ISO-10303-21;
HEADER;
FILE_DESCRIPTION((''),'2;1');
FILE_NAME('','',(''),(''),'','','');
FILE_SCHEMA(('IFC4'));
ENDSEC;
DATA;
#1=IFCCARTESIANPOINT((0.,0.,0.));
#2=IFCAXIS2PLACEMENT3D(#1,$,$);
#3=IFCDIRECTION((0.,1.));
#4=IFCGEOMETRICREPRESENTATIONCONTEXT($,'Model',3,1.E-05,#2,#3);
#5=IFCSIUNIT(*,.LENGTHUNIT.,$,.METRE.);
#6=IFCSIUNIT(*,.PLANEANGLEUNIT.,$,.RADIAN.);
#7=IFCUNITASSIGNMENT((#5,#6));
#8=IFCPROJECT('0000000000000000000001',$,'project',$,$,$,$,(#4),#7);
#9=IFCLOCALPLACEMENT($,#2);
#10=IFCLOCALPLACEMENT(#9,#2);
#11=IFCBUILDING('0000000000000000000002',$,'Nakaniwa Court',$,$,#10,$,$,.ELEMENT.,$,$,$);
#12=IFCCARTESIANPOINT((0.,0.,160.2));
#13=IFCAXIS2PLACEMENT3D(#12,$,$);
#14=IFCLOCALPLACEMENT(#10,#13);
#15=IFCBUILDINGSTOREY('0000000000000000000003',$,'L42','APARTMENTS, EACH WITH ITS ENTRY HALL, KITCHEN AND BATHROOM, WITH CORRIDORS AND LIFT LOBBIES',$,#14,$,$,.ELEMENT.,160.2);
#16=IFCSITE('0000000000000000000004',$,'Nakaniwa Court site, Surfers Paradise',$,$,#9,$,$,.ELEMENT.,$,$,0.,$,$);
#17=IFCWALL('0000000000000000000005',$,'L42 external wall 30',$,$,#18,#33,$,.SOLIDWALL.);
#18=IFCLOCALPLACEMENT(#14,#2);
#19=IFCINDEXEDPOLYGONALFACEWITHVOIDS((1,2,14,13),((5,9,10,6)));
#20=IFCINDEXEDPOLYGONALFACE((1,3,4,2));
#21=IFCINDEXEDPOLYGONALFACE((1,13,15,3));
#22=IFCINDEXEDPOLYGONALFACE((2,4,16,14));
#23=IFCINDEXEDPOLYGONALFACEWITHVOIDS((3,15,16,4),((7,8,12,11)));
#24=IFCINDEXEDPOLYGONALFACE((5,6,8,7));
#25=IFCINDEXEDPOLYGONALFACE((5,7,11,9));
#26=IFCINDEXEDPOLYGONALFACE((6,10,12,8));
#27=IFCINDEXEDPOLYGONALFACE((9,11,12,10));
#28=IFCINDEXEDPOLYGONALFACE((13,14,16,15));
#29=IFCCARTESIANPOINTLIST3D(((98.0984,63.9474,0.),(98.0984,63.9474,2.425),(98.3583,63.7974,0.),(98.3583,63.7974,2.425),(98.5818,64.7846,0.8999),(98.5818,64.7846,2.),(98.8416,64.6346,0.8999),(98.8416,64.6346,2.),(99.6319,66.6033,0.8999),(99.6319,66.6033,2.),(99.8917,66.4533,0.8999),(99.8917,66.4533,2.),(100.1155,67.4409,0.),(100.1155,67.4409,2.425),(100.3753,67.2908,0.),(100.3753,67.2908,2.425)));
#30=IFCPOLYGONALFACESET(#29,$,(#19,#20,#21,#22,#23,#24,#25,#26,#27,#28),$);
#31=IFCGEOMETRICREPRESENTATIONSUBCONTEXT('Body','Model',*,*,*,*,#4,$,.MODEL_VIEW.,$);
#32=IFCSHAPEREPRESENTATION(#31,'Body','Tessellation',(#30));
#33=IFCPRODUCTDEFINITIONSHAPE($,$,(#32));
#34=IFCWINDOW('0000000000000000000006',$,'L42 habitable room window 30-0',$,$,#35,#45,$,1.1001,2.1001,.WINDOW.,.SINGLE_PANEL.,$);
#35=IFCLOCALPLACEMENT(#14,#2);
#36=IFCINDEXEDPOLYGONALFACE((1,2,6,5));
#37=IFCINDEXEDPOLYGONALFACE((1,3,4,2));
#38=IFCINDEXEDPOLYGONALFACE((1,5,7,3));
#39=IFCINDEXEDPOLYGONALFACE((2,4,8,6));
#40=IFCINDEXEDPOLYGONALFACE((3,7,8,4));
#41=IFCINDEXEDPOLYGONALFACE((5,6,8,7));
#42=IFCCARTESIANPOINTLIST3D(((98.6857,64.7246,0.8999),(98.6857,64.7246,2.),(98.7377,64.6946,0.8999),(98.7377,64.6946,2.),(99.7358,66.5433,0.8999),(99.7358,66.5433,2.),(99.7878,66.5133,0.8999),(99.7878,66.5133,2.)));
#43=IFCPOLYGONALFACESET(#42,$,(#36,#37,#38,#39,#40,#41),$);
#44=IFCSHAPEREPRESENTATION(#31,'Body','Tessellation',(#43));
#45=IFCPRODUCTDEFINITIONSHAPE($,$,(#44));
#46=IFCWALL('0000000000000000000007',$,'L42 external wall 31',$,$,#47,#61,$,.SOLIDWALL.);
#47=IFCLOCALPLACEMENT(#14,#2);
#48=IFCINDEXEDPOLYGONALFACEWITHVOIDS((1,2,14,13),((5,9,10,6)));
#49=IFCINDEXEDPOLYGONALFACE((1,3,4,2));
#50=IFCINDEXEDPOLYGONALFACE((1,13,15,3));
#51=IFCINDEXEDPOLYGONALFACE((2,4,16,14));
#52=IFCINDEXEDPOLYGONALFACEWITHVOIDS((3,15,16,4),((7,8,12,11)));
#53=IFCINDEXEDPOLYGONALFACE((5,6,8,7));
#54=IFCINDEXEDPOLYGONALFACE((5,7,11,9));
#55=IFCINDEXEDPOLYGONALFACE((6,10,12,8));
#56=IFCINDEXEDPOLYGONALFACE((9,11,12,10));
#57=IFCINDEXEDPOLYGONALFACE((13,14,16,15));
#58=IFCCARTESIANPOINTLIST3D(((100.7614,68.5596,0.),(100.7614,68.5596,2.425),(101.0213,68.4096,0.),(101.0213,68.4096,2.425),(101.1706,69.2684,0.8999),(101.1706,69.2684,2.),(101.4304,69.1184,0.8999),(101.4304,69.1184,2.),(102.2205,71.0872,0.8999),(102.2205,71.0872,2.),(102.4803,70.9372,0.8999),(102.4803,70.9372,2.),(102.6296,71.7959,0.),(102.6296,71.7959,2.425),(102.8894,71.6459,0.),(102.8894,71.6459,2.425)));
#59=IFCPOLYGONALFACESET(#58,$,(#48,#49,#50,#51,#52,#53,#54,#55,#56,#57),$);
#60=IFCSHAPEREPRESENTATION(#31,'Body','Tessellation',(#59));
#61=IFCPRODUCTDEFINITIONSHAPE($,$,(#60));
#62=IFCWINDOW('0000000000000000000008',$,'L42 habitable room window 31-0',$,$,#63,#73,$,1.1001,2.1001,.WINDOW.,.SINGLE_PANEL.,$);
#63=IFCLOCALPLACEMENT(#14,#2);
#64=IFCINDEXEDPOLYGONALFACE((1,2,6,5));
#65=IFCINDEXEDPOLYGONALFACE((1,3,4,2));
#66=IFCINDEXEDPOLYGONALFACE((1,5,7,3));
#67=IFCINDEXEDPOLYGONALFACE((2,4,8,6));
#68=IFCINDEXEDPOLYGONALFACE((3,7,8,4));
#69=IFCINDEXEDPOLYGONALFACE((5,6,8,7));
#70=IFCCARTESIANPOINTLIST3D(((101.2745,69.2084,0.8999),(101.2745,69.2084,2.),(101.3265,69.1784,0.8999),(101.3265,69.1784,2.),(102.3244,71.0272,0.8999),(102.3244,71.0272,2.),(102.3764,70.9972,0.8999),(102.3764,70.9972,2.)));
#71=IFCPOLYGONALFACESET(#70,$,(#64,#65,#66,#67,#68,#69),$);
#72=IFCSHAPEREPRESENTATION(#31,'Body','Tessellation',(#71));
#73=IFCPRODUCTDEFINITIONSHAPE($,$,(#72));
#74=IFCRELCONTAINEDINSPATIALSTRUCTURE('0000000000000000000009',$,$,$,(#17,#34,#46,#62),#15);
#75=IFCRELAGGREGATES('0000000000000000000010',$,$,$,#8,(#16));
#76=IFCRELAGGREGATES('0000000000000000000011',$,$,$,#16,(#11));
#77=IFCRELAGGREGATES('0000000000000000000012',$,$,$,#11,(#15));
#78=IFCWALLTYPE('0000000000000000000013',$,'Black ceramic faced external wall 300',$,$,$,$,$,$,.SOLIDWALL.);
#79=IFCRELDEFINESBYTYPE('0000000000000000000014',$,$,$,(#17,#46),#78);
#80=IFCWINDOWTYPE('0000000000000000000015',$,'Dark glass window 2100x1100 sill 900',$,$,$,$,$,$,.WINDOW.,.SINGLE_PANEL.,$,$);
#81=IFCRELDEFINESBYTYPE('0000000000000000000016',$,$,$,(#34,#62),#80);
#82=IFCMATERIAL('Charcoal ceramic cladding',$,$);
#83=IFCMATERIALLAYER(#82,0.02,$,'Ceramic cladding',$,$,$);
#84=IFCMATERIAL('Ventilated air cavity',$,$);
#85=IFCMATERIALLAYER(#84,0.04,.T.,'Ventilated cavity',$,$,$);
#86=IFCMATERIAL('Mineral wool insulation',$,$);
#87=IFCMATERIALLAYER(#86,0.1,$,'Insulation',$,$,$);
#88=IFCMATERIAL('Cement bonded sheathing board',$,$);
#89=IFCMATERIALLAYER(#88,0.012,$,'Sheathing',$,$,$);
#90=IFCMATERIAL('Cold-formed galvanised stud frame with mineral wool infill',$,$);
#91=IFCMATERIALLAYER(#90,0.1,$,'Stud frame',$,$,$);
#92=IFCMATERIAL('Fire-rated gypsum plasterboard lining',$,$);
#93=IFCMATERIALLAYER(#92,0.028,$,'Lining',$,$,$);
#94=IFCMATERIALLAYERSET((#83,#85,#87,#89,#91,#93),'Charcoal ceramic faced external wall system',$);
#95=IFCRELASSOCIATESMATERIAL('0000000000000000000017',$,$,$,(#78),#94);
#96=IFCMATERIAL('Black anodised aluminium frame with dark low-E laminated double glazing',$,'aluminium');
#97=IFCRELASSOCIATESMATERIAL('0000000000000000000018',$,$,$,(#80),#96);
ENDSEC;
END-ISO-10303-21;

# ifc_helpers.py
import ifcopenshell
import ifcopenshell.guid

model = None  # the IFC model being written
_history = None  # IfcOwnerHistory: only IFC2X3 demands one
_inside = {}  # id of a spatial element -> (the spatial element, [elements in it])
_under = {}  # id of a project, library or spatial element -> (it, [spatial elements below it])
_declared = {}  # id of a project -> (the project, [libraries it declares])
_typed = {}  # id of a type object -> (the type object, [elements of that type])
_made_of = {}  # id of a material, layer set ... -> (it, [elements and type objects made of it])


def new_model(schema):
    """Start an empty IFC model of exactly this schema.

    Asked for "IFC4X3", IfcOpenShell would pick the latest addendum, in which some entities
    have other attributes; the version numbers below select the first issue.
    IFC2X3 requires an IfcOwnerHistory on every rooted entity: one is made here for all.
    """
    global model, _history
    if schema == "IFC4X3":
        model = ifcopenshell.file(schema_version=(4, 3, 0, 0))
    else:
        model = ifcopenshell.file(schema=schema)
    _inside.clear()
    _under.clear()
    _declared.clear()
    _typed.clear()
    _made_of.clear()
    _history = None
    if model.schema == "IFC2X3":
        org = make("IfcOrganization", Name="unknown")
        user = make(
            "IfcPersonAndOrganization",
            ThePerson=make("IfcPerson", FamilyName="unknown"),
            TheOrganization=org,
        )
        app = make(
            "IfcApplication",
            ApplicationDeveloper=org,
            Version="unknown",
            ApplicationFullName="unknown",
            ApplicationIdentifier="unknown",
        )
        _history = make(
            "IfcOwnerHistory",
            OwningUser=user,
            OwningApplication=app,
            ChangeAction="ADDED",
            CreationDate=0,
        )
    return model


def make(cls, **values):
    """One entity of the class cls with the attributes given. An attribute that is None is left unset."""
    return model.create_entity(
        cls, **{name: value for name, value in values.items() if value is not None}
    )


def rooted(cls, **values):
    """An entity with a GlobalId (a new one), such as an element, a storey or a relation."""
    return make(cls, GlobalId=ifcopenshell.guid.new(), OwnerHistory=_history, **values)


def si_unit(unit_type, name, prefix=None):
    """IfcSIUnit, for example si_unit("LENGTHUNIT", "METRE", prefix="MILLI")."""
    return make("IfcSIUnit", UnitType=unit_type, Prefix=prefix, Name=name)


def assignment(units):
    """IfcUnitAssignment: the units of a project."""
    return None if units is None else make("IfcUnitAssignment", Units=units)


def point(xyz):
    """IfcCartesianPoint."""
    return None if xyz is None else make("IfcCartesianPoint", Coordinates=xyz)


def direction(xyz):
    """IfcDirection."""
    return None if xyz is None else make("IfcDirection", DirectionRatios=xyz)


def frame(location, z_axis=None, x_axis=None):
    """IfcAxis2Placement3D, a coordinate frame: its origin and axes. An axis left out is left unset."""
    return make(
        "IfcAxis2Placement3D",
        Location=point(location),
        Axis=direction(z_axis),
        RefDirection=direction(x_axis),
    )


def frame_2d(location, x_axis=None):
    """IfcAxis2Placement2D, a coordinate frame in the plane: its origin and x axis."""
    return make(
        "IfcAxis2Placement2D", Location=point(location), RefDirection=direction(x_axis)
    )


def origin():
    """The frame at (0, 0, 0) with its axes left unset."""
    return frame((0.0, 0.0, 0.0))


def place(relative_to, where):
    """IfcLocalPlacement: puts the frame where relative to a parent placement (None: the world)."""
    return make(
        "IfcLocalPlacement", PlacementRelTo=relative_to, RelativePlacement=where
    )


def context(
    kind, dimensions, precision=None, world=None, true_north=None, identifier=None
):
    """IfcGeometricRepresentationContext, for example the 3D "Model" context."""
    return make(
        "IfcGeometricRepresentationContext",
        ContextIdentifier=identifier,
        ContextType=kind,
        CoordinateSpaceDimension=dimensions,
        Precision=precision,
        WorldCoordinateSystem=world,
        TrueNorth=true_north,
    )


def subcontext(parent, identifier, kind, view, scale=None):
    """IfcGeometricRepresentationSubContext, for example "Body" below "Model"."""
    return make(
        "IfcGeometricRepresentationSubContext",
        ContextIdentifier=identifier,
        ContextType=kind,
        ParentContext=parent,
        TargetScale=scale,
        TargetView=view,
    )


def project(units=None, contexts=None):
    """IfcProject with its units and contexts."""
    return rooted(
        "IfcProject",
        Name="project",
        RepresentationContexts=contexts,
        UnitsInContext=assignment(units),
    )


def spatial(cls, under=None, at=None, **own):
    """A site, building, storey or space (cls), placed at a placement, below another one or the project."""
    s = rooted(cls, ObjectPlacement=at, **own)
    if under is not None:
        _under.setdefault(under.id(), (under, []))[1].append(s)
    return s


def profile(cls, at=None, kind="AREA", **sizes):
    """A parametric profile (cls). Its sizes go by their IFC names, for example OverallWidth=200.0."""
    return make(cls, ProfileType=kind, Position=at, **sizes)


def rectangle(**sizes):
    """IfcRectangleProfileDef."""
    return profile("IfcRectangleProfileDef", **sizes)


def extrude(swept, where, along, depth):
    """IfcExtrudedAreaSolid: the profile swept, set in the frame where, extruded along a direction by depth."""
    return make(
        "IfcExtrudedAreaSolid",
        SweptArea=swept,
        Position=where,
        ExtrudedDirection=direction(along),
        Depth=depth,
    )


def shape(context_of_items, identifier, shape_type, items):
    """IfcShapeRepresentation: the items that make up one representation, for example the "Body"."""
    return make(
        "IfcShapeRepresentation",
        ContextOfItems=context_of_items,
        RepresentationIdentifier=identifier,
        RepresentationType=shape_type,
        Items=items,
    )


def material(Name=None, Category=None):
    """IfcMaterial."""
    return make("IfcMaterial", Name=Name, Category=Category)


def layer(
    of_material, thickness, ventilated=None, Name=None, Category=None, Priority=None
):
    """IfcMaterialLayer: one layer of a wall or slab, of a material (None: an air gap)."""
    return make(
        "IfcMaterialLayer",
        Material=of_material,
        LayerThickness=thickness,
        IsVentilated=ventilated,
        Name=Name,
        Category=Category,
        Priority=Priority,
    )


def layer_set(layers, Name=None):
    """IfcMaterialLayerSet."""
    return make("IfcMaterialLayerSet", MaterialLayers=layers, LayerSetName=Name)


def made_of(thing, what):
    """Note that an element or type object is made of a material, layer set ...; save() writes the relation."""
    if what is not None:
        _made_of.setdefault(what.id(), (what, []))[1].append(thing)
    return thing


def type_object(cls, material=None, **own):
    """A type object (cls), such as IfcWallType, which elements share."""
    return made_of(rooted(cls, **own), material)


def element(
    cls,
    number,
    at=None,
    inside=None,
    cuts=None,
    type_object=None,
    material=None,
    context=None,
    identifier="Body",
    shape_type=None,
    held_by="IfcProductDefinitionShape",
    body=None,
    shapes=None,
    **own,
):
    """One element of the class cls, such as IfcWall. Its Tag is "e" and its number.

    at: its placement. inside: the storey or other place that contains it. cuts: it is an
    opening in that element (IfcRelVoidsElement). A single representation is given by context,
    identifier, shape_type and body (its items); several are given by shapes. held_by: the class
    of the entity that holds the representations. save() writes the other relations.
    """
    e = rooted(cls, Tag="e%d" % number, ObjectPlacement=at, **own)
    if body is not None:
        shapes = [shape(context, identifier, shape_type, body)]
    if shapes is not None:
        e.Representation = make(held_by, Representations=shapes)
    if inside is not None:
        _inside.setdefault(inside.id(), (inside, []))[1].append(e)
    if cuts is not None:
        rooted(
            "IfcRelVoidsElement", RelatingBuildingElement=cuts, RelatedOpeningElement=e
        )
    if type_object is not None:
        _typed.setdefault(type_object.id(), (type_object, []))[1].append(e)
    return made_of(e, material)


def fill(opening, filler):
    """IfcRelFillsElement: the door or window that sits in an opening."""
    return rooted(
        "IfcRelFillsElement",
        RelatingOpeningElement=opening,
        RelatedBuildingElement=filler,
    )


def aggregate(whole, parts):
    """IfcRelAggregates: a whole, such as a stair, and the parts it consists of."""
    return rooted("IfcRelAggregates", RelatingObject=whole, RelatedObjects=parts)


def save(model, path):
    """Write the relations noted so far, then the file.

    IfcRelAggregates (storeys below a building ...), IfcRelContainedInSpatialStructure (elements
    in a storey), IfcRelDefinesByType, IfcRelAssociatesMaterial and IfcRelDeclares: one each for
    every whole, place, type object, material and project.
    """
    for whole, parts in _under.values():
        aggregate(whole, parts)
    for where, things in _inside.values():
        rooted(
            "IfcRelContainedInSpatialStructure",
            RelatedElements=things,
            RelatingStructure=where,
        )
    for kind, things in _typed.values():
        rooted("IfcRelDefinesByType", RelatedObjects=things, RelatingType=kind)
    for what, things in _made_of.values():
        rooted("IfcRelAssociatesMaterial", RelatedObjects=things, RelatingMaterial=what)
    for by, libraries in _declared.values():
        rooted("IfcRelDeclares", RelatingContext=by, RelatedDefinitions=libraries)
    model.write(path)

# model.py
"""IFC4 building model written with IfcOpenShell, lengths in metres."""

from ifc_helpers import new_model, si_unit, direction, frame, frame_2d, origin, place, context, subcontext, project, spatial, rectangle, extrude, material, layer, layer_set, type_object, element, fill, save


model = new_model("IFC4")

# Units and contexts
model_context = context("Model", 3, precision=1e-05, world=origin(), true_north=direction((0.0, 1.0)))
body_context = subcontext(model_context, "Body", "Model", "MODEL_VIEW")
ifc_project = project(units=[si_unit("LENGTHUNIT", "METRE"), si_unit("PLANEANGLEUNIT", "RADIAN")], contexts=[model_context])

# Site, building, storey
site_placement = place(None, origin())
site = spatial("IfcSite", under=ifc_project, at=site_placement, Name="Nakaniwa Court site, Surfers Paradise", CompositionType="ELEMENT", RefElevation=0.0)
building_placement = place(site_placement, origin())
building = spatial("IfcBuilding", under=site, at=building_placement, Name="Nakaniwa Court", CompositionType="ELEMENT")
storey_placement = place(building_placement, frame((0.0, 0.0, 160.2)))
storey = spatial("IfcBuildingStorey", under=building, at=storey_placement, Name="L42", Description="APARTMENTS, EACH WITH ITS ENTRY HALL, KITCHEN AND BATHROOM, WITH CORRIDORS AND LIFT LOBBIES", CompositionType="ELEMENT", Elevation=160.2)

# Shared definitions
ifc_material_1 = material(Name="Charcoal ceramic cladding")
ifc_layer_1 = layer(ifc_material_1, 0.02, Name="Ceramic cladding")
ifc_material_2 = material(Name="Ventilated air cavity")
ifc_layer_2 = layer(ifc_material_2, 0.04, ventilated=True, Name="Ventilated cavity")
ifc_material_3 = material(Name="Mineral wool insulation")
ifc_layer_3 = layer(ifc_material_3, 0.1, Name="Insulation")
ifc_material_4 = material(Name="Cement bonded sheathing board")
ifc_layer_4 = layer(ifc_material_4, 0.012, Name="Sheathing")
ifc_material_5 = material(Name="Cold-formed galvanised stud frame with mineral wool infill")
ifc_layer_5 = layer(ifc_material_5, 0.1, Name="Stud frame")
ifc_material_6 = material(Name="Fire-rated gypsum plasterboard lining")
ifc_layer_6 = layer(ifc_material_6, 0.028, Name="Lining")
ifc_layer_set_1 = layer_set([ifc_layer_1, ifc_layer_2, ifc_layer_3, ifc_layer_4, ifc_layer_5, ifc_layer_6], Name="Charcoal ceramic faced external wall system")
wall_type_1 = type_object("IfcWallType", Name="Black ceramic faced external wall 300", PredefinedType="SOLIDWALL", material=ifc_layer_set_1)

# Walls, openings, windows
ifc_material_7 = material(Name="Black anodised aluminium frame with dark low-E laminated double glazing", Category="aluminium")
window_type_1 = type_object("IfcWindowType", Name="Dark glass window 2100x1100 sill 900", PartitioningType="SINGLE_PANEL", PredefinedType="WINDOW", material=ifc_material_7)
wall_1_placement = place(storey_placement, frame((98.2283, 63.8723, 0.0), z_axis=(0.0, 0.0, 1.0), x_axis=(0.500032, 0.866007, 0.0)))
wall_1 = element("IfcWall", 1, at=wall_1_placement, inside=storey, type_object=wall_type_1, Name="L42 external wall 30", PredefinedType="SOLIDWALL", context=body_context, shape_type="SweptSolid", body=[
    extrude(rectangle(XDim=4.0339, YDim=0.3, at=frame_2d((2.0171, 0.0))), origin(), (0.0, 0.0, 1.0), 2.425),
])
opening_1_placement = place(wall_1_placement, frame((0.9668, 0.0, 0.8999)))
opening_1 = element("IfcOpeningElement", 2, at=opening_1_placement, cuts=wall_1, PredefinedType="OPENING", context=body_context, shape_type="SweptSolid", body=[
    extrude(rectangle(XDim=2.1001, YDim=1.1001, at=frame_2d((1.05, 0.55))), frame((0.0, 0.1599, 0.0), z_axis=(0.0, -1.0, 0.0), x_axis=(1.0, 0.0, 0.0)), (0.0, 0.0, 1.0), 0.3201),
])
window_1_placement = place(opening_1_placement, origin())
window_1 = element("IfcWindow", 3, at=window_1_placement, inside=storey, type_object=window_type_1, Name="L42 habitable room window 30-0", OverallHeight=1.1001, OverallWidth=2.1001, PartitioningType="SINGLE_PANEL", PredefinedType="WINDOW", context=body_context, shape_type="SweptSolid", body=[
    extrude(rectangle(XDim=2.1001, YDim=1.1001, at=frame_2d((1.05, 0.55))), frame((0.0, 0.03, 0.0), z_axis=(0.0, -1.0, 0.0), x_axis=(1.0, 0.0, 0.0)), (0.0, 0.0, 1.0), 0.0601),
])
fill(opening_1, window_1)
wall_2_placement = place(storey_placement, frame((100.8914, 68.4846, 0.0), z_axis=(0.0, 0.0, 1.0), x_axis=(0.499934, 0.866064, 0.0)))
wall_2 = element("IfcWall", 4, at=wall_2_placement, inside=storey, type_object=wall_type_1, Name="L42 external wall 31", PredefinedType="SOLIDWALL", context=body_context, shape_type="SweptSolid", body=[
    extrude(rectangle(XDim=3.7368, YDim=0.3, at=frame_2d((1.8684, 0.0))), origin(), (0.0, 0.0, 1.0), 2.425),
])
opening_2_placement = place(wall_2_placement, frame((0.8184, 0.0, 0.8999)))
opening_2 = element("IfcOpeningElement", 5, at=opening_2_placement, cuts=wall_2, PredefinedType="OPENING", context=body_context, shape_type="SweptSolid", body=[
    extrude(rectangle(XDim=2.1001, YDim=1.1001, at=frame_2d((1.05, 0.55))), frame((0.0, 0.1599, 0.0), z_axis=(0.0, -1.0, 0.0), x_axis=(1.0, 0.0, 0.0)), (0.0, 0.0, 1.0), 0.3201),
])
window_2_placement = place(opening_2_placement, origin())
window_2 = element("IfcWindow", 6, at=window_2_placement, inside=storey, type_object=window_type_1, Name="L42 habitable room window 31-0", OverallHeight=1.1001, OverallWidth=2.1001, PartitioningType="SINGLE_PANEL", PredefinedType="WINDOW", context=body_context, shape_type="SweptSolid", body=[
    extrude(rectangle(XDim=2.1001, YDim=1.1001, at=frame_2d((1.05, 0.55))), frame((0.0, 0.03, 0.0), z_axis=(0.0, -1.0, 0.0), x_axis=(1.0, 0.0, 0.0)), (0.0, 0.0, 1.0), 0.0601),
])
fill(opening_2, window_2)

save(model, "model.ifc")
